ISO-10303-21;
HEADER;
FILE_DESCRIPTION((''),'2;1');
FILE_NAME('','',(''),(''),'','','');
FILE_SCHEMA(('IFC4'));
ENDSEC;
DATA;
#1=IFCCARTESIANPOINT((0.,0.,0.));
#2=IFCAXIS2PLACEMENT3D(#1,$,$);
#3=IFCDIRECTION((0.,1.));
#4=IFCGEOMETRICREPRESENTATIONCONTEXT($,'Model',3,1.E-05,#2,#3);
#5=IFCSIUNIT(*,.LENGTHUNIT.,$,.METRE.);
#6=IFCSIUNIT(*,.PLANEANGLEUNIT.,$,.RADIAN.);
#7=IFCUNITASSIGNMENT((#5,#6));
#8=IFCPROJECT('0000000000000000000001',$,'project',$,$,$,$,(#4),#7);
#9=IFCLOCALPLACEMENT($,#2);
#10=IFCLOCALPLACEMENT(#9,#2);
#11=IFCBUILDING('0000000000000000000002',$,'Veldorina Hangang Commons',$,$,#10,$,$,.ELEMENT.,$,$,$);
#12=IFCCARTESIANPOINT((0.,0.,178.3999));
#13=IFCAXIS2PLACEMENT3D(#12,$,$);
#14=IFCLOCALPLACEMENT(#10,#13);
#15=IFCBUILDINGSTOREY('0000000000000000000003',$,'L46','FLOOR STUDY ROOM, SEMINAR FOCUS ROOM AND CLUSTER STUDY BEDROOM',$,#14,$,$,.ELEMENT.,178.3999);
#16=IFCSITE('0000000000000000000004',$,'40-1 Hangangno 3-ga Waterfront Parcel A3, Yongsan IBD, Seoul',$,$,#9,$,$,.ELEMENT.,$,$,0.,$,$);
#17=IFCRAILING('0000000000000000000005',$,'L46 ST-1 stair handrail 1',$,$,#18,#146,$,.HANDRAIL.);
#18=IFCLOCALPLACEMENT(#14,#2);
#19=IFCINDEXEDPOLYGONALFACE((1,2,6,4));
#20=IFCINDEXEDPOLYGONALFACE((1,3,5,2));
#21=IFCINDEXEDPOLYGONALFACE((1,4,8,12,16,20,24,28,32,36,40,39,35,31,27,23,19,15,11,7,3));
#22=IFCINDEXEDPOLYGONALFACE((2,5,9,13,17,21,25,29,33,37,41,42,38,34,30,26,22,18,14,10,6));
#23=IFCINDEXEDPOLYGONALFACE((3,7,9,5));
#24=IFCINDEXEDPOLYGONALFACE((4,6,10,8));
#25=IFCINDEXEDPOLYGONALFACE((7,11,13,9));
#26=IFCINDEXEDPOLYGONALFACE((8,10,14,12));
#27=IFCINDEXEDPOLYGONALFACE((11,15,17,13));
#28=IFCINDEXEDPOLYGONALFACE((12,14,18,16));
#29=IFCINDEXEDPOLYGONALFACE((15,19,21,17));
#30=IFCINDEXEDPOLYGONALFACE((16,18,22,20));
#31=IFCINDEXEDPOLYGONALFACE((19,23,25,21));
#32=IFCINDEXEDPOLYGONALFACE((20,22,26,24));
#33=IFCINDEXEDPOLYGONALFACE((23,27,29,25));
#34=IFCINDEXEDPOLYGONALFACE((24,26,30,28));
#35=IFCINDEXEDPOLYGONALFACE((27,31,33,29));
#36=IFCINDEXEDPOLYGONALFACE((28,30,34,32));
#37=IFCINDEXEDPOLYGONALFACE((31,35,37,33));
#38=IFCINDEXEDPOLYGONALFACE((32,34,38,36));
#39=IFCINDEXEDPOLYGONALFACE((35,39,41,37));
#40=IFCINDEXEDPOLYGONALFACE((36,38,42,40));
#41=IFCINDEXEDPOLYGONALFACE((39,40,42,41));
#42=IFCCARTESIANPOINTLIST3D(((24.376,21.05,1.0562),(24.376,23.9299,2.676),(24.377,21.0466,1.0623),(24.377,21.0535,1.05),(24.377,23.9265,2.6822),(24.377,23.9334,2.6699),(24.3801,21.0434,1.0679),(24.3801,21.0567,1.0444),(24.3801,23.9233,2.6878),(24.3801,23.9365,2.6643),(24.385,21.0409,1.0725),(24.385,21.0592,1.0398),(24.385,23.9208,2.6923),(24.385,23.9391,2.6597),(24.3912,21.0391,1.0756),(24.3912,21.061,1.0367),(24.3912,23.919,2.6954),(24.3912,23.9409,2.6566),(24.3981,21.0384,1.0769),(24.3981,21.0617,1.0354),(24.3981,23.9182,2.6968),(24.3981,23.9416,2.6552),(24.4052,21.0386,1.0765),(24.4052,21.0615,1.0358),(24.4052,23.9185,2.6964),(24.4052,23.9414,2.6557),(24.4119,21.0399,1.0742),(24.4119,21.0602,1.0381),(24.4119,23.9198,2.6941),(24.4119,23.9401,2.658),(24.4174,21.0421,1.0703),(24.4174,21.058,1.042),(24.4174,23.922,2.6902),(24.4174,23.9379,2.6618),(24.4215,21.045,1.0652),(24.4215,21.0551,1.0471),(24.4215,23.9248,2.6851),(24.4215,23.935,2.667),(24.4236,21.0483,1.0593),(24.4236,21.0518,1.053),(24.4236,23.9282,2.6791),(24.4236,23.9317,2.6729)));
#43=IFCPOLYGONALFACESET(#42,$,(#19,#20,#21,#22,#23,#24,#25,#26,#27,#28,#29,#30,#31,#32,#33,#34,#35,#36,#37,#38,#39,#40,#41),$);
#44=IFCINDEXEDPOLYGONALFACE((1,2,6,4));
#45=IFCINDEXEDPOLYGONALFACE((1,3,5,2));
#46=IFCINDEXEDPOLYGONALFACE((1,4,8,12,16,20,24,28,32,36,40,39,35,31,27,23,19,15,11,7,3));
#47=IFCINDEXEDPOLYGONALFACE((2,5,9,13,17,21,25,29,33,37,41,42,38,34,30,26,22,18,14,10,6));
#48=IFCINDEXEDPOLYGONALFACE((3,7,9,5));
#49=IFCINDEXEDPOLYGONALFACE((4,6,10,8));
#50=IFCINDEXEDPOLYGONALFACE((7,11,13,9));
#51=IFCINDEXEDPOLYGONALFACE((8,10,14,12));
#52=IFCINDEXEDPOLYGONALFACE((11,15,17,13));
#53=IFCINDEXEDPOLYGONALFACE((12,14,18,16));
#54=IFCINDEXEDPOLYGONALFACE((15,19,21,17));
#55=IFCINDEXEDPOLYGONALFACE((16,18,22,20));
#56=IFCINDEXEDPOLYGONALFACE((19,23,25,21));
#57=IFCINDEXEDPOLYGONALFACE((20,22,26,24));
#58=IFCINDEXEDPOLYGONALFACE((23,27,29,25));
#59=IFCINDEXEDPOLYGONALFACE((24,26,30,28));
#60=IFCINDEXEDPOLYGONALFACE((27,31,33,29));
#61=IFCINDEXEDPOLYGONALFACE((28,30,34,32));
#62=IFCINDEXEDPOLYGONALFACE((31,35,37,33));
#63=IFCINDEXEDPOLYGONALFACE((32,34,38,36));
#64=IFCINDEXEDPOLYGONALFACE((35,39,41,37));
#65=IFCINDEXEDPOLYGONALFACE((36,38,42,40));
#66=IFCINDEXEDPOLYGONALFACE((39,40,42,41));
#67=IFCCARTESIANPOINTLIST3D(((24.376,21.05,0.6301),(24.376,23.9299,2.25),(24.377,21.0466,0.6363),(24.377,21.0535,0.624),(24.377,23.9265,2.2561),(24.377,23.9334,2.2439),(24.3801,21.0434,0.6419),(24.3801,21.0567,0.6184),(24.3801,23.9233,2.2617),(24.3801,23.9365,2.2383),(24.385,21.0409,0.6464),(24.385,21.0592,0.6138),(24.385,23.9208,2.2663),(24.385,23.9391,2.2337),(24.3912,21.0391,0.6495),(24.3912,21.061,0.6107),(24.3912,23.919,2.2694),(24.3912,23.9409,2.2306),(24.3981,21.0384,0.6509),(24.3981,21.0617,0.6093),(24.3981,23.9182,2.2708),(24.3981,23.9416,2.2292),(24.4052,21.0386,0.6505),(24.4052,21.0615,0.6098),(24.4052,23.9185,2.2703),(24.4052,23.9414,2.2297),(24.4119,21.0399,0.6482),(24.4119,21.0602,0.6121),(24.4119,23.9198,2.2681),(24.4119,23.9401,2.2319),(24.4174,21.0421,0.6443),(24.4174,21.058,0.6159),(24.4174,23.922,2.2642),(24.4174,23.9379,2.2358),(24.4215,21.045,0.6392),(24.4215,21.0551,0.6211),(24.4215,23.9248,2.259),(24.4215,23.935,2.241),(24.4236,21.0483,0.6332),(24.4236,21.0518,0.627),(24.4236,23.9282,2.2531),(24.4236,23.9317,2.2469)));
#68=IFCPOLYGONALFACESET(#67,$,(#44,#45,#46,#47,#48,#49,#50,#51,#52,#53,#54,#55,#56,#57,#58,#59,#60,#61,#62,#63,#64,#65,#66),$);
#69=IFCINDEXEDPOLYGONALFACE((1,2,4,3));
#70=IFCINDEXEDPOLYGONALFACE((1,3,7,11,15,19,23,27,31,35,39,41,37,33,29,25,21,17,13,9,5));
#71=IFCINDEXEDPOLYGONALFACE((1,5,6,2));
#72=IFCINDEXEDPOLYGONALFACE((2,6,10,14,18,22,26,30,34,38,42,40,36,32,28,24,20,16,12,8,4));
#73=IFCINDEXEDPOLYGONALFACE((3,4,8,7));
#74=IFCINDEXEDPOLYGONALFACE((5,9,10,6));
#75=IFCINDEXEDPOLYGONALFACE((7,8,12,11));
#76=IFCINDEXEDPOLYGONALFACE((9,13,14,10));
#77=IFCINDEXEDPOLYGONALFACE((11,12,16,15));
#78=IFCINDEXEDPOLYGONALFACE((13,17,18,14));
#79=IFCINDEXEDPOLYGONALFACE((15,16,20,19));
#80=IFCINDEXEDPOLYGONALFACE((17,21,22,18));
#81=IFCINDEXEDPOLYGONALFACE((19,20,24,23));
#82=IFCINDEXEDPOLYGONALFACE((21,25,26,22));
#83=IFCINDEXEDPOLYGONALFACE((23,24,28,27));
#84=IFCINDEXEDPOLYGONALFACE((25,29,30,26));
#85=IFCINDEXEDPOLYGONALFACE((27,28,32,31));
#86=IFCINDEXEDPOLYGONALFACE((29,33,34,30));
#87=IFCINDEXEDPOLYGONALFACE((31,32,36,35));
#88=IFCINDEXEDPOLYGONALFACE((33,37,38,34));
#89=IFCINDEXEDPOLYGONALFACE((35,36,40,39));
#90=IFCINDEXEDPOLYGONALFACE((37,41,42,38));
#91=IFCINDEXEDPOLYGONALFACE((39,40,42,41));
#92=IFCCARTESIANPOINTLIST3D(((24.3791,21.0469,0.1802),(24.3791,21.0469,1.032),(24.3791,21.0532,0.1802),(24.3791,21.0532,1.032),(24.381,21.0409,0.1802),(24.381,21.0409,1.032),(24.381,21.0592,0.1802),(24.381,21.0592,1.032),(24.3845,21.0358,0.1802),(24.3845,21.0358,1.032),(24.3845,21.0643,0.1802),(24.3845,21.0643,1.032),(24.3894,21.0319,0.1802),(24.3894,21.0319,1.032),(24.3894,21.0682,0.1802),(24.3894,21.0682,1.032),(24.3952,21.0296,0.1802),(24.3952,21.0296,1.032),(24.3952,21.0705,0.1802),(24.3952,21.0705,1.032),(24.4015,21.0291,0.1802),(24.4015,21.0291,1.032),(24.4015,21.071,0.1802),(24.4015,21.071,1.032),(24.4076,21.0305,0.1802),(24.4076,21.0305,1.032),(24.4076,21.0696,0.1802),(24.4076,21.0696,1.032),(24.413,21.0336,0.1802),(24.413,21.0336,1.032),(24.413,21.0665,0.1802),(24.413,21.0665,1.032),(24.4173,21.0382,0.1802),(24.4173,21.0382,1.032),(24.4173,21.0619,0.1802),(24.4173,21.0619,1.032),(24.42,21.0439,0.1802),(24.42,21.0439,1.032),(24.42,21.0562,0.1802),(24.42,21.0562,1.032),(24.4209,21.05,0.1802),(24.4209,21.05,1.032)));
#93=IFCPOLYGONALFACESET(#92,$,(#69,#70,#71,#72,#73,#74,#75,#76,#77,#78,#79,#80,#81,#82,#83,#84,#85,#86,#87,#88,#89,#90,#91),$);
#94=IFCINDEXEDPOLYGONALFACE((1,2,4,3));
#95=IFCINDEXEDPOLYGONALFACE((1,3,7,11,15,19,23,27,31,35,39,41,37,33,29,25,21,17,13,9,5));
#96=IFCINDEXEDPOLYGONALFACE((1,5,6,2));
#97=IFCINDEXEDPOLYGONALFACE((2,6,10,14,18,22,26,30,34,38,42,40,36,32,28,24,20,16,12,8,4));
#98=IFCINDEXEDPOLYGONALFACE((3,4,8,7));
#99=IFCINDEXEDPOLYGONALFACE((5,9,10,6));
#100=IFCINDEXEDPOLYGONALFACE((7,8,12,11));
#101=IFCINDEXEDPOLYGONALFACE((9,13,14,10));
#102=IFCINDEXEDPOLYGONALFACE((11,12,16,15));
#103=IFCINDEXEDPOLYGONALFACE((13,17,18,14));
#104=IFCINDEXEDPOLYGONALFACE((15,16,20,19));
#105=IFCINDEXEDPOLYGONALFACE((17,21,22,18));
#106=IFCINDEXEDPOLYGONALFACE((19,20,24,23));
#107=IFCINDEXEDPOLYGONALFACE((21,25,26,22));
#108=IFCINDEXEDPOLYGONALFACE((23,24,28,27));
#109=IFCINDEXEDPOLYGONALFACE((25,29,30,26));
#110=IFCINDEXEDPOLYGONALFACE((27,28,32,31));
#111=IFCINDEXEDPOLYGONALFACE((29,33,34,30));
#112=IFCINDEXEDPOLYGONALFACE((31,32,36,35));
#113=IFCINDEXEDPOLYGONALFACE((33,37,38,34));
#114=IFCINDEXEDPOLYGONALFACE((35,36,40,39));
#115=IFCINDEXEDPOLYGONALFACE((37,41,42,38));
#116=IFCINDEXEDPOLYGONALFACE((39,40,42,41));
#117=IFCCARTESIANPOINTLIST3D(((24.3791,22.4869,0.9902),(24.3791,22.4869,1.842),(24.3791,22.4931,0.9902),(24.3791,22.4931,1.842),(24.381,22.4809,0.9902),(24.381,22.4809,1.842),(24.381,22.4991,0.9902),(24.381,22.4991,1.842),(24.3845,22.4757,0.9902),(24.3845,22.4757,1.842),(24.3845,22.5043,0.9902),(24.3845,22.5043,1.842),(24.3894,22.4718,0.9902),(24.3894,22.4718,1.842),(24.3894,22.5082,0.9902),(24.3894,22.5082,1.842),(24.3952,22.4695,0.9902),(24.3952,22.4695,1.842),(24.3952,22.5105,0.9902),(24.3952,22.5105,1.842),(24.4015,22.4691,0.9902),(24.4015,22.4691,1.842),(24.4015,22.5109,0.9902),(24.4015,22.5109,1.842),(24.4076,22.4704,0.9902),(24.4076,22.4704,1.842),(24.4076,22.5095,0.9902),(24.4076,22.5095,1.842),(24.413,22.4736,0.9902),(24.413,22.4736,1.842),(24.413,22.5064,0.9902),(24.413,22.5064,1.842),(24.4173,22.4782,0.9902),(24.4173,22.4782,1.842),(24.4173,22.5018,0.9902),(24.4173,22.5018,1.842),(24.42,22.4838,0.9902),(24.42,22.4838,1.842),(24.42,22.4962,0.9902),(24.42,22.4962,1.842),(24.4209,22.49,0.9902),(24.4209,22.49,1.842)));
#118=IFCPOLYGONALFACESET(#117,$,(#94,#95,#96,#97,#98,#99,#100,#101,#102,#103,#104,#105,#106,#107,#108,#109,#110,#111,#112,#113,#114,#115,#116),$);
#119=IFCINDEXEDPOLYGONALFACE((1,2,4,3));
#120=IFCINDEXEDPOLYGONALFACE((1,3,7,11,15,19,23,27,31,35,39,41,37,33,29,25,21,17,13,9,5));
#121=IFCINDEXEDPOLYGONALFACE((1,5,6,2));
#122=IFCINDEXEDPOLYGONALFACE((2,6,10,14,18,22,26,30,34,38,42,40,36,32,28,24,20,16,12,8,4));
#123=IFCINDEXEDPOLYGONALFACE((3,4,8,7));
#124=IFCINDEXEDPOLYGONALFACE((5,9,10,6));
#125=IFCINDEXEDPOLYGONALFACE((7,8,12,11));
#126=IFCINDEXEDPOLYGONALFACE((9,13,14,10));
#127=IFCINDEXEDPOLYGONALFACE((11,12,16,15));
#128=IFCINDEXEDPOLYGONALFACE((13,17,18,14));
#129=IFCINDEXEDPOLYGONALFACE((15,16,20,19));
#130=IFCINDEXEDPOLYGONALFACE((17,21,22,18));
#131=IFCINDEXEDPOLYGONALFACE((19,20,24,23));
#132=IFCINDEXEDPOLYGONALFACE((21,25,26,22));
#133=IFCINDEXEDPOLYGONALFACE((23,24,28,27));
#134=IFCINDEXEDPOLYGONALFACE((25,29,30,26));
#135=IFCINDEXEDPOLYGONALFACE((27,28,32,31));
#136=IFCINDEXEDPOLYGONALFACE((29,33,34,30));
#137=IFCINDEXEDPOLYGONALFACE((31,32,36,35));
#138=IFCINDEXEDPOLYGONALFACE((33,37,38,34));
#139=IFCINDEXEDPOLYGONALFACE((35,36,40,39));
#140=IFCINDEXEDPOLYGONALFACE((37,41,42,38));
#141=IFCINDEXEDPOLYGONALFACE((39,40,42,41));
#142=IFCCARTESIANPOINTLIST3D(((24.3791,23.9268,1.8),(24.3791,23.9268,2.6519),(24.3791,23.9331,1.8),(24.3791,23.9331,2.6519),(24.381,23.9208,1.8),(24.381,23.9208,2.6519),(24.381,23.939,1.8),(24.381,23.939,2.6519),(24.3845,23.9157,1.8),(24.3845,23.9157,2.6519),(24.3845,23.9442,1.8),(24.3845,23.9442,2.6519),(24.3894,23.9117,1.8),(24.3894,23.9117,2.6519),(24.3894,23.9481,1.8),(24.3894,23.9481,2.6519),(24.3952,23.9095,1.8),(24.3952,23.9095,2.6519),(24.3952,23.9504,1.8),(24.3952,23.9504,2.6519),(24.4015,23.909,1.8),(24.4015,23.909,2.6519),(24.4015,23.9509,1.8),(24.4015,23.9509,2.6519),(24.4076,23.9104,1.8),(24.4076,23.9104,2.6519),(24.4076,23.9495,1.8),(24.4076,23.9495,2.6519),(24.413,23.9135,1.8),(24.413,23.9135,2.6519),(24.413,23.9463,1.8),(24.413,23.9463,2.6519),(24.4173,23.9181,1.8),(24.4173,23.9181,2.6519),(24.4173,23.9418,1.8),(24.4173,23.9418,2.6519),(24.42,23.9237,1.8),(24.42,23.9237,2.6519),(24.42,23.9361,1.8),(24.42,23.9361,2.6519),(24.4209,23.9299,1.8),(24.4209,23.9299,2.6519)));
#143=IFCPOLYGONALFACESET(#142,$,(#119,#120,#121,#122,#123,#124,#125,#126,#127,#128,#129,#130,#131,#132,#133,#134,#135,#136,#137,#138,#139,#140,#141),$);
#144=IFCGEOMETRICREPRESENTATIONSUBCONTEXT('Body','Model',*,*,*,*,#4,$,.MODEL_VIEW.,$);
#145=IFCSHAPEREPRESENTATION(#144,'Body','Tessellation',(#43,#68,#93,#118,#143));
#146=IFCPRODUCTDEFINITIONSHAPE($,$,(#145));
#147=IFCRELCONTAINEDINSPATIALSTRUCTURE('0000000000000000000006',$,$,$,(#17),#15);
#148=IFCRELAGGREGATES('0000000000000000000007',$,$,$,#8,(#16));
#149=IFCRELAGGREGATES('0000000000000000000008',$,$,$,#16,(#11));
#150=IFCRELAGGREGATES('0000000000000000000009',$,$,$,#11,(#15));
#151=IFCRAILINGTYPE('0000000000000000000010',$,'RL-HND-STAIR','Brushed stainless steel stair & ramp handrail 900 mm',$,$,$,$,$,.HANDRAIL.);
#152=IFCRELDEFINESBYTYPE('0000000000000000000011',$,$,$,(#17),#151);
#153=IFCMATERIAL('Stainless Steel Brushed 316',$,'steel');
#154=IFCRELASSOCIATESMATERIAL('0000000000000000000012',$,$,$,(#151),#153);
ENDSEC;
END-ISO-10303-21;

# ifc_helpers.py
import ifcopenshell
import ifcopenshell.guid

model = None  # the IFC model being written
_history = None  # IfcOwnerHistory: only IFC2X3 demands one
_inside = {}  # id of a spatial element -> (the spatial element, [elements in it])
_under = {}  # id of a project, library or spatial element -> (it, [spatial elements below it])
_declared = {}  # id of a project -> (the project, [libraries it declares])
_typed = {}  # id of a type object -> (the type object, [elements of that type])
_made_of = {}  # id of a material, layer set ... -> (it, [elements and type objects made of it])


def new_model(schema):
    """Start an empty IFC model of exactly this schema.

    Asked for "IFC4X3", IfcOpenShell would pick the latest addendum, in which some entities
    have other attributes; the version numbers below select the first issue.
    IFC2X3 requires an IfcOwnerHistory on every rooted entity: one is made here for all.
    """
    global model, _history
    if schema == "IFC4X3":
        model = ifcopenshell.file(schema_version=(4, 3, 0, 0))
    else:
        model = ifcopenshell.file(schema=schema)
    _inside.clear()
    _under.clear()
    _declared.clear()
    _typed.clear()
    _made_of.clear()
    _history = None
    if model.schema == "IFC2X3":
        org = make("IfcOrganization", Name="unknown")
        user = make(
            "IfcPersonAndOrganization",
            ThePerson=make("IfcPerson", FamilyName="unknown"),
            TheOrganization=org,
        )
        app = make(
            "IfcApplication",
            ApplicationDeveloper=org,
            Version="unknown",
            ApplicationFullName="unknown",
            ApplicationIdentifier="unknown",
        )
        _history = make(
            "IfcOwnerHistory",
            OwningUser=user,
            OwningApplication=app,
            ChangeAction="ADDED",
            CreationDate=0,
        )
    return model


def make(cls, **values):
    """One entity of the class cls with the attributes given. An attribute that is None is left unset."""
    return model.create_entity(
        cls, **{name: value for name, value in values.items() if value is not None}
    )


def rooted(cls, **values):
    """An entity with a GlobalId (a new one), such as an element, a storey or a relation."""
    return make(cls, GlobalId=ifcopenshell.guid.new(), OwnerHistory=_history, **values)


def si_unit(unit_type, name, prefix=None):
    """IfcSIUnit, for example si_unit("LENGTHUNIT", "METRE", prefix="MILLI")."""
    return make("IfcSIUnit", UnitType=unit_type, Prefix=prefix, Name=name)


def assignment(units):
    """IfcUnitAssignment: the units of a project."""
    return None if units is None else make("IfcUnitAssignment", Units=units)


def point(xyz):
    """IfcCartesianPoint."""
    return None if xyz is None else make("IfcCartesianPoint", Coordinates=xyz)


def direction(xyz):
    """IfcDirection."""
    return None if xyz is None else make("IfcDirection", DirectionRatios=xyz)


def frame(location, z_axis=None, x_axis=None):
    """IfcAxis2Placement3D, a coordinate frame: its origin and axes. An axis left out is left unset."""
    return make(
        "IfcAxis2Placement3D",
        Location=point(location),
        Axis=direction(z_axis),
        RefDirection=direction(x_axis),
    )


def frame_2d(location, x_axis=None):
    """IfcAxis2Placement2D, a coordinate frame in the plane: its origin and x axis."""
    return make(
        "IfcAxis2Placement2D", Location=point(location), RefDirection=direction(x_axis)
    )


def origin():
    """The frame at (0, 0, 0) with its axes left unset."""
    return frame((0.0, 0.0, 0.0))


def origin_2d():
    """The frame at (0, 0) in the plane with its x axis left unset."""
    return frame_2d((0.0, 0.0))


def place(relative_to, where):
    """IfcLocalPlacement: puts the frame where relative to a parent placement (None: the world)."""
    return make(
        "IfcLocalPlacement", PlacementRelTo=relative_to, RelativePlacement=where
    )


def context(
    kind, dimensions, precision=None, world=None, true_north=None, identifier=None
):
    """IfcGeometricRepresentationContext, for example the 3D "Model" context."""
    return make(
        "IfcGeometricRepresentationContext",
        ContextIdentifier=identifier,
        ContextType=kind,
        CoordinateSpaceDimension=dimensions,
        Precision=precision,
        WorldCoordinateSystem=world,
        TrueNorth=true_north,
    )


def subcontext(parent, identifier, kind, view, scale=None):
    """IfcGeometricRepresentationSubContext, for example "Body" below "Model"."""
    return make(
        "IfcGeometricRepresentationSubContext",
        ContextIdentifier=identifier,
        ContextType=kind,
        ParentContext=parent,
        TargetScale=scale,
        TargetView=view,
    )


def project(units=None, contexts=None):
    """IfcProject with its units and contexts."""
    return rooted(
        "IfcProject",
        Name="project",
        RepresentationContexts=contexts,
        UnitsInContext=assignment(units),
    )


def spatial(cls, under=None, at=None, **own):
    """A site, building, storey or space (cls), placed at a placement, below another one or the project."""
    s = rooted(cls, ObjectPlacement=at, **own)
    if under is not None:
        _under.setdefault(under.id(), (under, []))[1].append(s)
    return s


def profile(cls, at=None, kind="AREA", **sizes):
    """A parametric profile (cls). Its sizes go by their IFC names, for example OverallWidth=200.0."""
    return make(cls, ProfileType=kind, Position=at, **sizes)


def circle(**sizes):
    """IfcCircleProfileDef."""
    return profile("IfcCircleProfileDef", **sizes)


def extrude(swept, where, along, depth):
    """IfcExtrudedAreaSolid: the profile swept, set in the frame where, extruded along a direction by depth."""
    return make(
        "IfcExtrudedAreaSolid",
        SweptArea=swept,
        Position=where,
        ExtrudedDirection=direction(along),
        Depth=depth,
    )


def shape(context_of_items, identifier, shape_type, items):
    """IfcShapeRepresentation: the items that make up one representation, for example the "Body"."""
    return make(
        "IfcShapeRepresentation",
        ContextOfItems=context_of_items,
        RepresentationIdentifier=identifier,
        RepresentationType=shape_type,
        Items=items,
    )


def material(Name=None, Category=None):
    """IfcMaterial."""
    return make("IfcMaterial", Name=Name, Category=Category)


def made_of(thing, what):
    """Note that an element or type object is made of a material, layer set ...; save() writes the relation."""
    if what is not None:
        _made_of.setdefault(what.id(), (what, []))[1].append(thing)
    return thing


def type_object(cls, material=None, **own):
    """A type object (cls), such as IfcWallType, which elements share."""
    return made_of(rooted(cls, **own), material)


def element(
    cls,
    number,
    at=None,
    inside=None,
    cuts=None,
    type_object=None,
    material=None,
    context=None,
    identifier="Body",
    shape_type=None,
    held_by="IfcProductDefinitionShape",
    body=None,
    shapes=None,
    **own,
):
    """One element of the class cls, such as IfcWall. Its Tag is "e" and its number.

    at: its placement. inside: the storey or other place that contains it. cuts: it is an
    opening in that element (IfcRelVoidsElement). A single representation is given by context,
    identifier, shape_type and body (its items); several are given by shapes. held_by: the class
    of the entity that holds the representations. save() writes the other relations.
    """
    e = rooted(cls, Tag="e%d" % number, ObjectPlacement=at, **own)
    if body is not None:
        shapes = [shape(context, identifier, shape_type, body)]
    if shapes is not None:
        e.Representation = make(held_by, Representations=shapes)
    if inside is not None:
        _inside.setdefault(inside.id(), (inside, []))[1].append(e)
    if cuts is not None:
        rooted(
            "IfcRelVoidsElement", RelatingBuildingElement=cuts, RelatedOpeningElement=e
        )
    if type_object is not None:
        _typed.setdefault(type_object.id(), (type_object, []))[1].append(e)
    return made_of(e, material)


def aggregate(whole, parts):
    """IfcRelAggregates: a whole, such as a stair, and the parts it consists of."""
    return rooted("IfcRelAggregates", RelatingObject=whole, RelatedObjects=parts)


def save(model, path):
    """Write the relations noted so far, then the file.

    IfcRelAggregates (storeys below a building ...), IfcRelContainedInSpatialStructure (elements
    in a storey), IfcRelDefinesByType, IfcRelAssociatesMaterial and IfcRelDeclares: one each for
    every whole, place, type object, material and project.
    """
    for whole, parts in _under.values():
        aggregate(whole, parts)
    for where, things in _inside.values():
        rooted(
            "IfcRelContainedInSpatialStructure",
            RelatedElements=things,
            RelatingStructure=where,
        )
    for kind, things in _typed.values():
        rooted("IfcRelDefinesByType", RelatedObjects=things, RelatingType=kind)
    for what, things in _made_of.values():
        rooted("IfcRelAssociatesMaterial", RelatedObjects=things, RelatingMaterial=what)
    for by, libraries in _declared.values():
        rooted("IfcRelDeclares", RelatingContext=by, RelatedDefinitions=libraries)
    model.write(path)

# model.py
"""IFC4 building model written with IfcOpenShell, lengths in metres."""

from ifc_helpers import new_model, si_unit, direction, frame, origin, origin_2d, place, context, subcontext, project, spatial, circle, extrude, material, type_object, element, save


model = new_model("IFC4")

# Units and contexts
model_context = context("Model", 3, precision=1e-05, world=origin(), true_north=direction((0.0, 1.0)))
body_context = subcontext(model_context, "Body", "Model", "MODEL_VIEW")
ifc_project = project(units=[si_unit("LENGTHUNIT", "METRE"), si_unit("PLANEANGLEUNIT", "RADIAN")], contexts=[model_context])

# Site, building, storey
site_placement = place(None, origin())
site = spatial("IfcSite", under=ifc_project, at=site_placement, Name="40-1 Hangangno 3-ga Waterfront Parcel A3, Yongsan IBD, Seoul", CompositionType="ELEMENT", RefElevation=0.0)
building_placement = place(site_placement, origin())
building = spatial("IfcBuilding", under=site, at=building_placement, Name="Veldorina Hangang Commons", CompositionType="ELEMENT")
storey_placement = place(building_placement, frame((0.0, 0.0, 178.3999)))
storey = spatial("IfcBuildingStorey", under=building, at=storey_placement, Name="L46", Description="FLOOR STUDY ROOM, SEMINAR FOCUS ROOM AND CLUSTER STUDY BEDROOM", CompositionType="ELEMENT", Elevation=178.3999)

# Railing
ifc_material_1 = material(Name="Stainless Steel Brushed 316", Category="steel")
railing_type_1 = type_object("IfcRailingType", Name="RL-HND-STAIR", Description="Brushed stainless steel stair & ramp handrail 900 mm", PredefinedType="HANDRAIL", material=ifc_material_1)
railing_1_placement = place(storey_placement, frame((24.3999, 21.05, 0.1802)))
element("IfcRailing", 1, at=railing_1_placement, inside=storey, type_object=railing_type_1, Name="L46 ST-1 stair handrail 1", PredefinedType="HANDRAIL", context=body_context, shape_type="SweptSolid", body=[
    extrude(circle(Radius=0.0239, at=origin_2d()), frame((0.0, 0.0, 0.876), z_axis=(0.0, 0.871583, 0.490247), x_axis=(-1.0, 0.0, 0.0)), (0.0, 0.0, 1.0), 3.3042),
    extrude(circle(Radius=0.0239, at=origin_2d()), frame((0.0, 0.0, 0.45), z_axis=(0.0, 0.871583, 0.490247), x_axis=(-1.0, 0.0, 0.0)), (0.0, 0.0, 1.0), 3.3042),
    extrude(circle(Radius=0.021, at=origin_2d()), origin(), (0.0, 0.0, 1.0), 0.8518),
    extrude(circle(Radius=0.021, at=origin_2d()), frame((0.0, 1.4399, 0.8101)), (0.0, 0.0, 1.0), 0.8518),
    extrude(circle(Radius=0.021, at=origin_2d()), frame((0.0, 2.8799, 1.6199)), (0.0, 0.0, 1.0), 0.8518),
])

save(model, "model.ifc")
